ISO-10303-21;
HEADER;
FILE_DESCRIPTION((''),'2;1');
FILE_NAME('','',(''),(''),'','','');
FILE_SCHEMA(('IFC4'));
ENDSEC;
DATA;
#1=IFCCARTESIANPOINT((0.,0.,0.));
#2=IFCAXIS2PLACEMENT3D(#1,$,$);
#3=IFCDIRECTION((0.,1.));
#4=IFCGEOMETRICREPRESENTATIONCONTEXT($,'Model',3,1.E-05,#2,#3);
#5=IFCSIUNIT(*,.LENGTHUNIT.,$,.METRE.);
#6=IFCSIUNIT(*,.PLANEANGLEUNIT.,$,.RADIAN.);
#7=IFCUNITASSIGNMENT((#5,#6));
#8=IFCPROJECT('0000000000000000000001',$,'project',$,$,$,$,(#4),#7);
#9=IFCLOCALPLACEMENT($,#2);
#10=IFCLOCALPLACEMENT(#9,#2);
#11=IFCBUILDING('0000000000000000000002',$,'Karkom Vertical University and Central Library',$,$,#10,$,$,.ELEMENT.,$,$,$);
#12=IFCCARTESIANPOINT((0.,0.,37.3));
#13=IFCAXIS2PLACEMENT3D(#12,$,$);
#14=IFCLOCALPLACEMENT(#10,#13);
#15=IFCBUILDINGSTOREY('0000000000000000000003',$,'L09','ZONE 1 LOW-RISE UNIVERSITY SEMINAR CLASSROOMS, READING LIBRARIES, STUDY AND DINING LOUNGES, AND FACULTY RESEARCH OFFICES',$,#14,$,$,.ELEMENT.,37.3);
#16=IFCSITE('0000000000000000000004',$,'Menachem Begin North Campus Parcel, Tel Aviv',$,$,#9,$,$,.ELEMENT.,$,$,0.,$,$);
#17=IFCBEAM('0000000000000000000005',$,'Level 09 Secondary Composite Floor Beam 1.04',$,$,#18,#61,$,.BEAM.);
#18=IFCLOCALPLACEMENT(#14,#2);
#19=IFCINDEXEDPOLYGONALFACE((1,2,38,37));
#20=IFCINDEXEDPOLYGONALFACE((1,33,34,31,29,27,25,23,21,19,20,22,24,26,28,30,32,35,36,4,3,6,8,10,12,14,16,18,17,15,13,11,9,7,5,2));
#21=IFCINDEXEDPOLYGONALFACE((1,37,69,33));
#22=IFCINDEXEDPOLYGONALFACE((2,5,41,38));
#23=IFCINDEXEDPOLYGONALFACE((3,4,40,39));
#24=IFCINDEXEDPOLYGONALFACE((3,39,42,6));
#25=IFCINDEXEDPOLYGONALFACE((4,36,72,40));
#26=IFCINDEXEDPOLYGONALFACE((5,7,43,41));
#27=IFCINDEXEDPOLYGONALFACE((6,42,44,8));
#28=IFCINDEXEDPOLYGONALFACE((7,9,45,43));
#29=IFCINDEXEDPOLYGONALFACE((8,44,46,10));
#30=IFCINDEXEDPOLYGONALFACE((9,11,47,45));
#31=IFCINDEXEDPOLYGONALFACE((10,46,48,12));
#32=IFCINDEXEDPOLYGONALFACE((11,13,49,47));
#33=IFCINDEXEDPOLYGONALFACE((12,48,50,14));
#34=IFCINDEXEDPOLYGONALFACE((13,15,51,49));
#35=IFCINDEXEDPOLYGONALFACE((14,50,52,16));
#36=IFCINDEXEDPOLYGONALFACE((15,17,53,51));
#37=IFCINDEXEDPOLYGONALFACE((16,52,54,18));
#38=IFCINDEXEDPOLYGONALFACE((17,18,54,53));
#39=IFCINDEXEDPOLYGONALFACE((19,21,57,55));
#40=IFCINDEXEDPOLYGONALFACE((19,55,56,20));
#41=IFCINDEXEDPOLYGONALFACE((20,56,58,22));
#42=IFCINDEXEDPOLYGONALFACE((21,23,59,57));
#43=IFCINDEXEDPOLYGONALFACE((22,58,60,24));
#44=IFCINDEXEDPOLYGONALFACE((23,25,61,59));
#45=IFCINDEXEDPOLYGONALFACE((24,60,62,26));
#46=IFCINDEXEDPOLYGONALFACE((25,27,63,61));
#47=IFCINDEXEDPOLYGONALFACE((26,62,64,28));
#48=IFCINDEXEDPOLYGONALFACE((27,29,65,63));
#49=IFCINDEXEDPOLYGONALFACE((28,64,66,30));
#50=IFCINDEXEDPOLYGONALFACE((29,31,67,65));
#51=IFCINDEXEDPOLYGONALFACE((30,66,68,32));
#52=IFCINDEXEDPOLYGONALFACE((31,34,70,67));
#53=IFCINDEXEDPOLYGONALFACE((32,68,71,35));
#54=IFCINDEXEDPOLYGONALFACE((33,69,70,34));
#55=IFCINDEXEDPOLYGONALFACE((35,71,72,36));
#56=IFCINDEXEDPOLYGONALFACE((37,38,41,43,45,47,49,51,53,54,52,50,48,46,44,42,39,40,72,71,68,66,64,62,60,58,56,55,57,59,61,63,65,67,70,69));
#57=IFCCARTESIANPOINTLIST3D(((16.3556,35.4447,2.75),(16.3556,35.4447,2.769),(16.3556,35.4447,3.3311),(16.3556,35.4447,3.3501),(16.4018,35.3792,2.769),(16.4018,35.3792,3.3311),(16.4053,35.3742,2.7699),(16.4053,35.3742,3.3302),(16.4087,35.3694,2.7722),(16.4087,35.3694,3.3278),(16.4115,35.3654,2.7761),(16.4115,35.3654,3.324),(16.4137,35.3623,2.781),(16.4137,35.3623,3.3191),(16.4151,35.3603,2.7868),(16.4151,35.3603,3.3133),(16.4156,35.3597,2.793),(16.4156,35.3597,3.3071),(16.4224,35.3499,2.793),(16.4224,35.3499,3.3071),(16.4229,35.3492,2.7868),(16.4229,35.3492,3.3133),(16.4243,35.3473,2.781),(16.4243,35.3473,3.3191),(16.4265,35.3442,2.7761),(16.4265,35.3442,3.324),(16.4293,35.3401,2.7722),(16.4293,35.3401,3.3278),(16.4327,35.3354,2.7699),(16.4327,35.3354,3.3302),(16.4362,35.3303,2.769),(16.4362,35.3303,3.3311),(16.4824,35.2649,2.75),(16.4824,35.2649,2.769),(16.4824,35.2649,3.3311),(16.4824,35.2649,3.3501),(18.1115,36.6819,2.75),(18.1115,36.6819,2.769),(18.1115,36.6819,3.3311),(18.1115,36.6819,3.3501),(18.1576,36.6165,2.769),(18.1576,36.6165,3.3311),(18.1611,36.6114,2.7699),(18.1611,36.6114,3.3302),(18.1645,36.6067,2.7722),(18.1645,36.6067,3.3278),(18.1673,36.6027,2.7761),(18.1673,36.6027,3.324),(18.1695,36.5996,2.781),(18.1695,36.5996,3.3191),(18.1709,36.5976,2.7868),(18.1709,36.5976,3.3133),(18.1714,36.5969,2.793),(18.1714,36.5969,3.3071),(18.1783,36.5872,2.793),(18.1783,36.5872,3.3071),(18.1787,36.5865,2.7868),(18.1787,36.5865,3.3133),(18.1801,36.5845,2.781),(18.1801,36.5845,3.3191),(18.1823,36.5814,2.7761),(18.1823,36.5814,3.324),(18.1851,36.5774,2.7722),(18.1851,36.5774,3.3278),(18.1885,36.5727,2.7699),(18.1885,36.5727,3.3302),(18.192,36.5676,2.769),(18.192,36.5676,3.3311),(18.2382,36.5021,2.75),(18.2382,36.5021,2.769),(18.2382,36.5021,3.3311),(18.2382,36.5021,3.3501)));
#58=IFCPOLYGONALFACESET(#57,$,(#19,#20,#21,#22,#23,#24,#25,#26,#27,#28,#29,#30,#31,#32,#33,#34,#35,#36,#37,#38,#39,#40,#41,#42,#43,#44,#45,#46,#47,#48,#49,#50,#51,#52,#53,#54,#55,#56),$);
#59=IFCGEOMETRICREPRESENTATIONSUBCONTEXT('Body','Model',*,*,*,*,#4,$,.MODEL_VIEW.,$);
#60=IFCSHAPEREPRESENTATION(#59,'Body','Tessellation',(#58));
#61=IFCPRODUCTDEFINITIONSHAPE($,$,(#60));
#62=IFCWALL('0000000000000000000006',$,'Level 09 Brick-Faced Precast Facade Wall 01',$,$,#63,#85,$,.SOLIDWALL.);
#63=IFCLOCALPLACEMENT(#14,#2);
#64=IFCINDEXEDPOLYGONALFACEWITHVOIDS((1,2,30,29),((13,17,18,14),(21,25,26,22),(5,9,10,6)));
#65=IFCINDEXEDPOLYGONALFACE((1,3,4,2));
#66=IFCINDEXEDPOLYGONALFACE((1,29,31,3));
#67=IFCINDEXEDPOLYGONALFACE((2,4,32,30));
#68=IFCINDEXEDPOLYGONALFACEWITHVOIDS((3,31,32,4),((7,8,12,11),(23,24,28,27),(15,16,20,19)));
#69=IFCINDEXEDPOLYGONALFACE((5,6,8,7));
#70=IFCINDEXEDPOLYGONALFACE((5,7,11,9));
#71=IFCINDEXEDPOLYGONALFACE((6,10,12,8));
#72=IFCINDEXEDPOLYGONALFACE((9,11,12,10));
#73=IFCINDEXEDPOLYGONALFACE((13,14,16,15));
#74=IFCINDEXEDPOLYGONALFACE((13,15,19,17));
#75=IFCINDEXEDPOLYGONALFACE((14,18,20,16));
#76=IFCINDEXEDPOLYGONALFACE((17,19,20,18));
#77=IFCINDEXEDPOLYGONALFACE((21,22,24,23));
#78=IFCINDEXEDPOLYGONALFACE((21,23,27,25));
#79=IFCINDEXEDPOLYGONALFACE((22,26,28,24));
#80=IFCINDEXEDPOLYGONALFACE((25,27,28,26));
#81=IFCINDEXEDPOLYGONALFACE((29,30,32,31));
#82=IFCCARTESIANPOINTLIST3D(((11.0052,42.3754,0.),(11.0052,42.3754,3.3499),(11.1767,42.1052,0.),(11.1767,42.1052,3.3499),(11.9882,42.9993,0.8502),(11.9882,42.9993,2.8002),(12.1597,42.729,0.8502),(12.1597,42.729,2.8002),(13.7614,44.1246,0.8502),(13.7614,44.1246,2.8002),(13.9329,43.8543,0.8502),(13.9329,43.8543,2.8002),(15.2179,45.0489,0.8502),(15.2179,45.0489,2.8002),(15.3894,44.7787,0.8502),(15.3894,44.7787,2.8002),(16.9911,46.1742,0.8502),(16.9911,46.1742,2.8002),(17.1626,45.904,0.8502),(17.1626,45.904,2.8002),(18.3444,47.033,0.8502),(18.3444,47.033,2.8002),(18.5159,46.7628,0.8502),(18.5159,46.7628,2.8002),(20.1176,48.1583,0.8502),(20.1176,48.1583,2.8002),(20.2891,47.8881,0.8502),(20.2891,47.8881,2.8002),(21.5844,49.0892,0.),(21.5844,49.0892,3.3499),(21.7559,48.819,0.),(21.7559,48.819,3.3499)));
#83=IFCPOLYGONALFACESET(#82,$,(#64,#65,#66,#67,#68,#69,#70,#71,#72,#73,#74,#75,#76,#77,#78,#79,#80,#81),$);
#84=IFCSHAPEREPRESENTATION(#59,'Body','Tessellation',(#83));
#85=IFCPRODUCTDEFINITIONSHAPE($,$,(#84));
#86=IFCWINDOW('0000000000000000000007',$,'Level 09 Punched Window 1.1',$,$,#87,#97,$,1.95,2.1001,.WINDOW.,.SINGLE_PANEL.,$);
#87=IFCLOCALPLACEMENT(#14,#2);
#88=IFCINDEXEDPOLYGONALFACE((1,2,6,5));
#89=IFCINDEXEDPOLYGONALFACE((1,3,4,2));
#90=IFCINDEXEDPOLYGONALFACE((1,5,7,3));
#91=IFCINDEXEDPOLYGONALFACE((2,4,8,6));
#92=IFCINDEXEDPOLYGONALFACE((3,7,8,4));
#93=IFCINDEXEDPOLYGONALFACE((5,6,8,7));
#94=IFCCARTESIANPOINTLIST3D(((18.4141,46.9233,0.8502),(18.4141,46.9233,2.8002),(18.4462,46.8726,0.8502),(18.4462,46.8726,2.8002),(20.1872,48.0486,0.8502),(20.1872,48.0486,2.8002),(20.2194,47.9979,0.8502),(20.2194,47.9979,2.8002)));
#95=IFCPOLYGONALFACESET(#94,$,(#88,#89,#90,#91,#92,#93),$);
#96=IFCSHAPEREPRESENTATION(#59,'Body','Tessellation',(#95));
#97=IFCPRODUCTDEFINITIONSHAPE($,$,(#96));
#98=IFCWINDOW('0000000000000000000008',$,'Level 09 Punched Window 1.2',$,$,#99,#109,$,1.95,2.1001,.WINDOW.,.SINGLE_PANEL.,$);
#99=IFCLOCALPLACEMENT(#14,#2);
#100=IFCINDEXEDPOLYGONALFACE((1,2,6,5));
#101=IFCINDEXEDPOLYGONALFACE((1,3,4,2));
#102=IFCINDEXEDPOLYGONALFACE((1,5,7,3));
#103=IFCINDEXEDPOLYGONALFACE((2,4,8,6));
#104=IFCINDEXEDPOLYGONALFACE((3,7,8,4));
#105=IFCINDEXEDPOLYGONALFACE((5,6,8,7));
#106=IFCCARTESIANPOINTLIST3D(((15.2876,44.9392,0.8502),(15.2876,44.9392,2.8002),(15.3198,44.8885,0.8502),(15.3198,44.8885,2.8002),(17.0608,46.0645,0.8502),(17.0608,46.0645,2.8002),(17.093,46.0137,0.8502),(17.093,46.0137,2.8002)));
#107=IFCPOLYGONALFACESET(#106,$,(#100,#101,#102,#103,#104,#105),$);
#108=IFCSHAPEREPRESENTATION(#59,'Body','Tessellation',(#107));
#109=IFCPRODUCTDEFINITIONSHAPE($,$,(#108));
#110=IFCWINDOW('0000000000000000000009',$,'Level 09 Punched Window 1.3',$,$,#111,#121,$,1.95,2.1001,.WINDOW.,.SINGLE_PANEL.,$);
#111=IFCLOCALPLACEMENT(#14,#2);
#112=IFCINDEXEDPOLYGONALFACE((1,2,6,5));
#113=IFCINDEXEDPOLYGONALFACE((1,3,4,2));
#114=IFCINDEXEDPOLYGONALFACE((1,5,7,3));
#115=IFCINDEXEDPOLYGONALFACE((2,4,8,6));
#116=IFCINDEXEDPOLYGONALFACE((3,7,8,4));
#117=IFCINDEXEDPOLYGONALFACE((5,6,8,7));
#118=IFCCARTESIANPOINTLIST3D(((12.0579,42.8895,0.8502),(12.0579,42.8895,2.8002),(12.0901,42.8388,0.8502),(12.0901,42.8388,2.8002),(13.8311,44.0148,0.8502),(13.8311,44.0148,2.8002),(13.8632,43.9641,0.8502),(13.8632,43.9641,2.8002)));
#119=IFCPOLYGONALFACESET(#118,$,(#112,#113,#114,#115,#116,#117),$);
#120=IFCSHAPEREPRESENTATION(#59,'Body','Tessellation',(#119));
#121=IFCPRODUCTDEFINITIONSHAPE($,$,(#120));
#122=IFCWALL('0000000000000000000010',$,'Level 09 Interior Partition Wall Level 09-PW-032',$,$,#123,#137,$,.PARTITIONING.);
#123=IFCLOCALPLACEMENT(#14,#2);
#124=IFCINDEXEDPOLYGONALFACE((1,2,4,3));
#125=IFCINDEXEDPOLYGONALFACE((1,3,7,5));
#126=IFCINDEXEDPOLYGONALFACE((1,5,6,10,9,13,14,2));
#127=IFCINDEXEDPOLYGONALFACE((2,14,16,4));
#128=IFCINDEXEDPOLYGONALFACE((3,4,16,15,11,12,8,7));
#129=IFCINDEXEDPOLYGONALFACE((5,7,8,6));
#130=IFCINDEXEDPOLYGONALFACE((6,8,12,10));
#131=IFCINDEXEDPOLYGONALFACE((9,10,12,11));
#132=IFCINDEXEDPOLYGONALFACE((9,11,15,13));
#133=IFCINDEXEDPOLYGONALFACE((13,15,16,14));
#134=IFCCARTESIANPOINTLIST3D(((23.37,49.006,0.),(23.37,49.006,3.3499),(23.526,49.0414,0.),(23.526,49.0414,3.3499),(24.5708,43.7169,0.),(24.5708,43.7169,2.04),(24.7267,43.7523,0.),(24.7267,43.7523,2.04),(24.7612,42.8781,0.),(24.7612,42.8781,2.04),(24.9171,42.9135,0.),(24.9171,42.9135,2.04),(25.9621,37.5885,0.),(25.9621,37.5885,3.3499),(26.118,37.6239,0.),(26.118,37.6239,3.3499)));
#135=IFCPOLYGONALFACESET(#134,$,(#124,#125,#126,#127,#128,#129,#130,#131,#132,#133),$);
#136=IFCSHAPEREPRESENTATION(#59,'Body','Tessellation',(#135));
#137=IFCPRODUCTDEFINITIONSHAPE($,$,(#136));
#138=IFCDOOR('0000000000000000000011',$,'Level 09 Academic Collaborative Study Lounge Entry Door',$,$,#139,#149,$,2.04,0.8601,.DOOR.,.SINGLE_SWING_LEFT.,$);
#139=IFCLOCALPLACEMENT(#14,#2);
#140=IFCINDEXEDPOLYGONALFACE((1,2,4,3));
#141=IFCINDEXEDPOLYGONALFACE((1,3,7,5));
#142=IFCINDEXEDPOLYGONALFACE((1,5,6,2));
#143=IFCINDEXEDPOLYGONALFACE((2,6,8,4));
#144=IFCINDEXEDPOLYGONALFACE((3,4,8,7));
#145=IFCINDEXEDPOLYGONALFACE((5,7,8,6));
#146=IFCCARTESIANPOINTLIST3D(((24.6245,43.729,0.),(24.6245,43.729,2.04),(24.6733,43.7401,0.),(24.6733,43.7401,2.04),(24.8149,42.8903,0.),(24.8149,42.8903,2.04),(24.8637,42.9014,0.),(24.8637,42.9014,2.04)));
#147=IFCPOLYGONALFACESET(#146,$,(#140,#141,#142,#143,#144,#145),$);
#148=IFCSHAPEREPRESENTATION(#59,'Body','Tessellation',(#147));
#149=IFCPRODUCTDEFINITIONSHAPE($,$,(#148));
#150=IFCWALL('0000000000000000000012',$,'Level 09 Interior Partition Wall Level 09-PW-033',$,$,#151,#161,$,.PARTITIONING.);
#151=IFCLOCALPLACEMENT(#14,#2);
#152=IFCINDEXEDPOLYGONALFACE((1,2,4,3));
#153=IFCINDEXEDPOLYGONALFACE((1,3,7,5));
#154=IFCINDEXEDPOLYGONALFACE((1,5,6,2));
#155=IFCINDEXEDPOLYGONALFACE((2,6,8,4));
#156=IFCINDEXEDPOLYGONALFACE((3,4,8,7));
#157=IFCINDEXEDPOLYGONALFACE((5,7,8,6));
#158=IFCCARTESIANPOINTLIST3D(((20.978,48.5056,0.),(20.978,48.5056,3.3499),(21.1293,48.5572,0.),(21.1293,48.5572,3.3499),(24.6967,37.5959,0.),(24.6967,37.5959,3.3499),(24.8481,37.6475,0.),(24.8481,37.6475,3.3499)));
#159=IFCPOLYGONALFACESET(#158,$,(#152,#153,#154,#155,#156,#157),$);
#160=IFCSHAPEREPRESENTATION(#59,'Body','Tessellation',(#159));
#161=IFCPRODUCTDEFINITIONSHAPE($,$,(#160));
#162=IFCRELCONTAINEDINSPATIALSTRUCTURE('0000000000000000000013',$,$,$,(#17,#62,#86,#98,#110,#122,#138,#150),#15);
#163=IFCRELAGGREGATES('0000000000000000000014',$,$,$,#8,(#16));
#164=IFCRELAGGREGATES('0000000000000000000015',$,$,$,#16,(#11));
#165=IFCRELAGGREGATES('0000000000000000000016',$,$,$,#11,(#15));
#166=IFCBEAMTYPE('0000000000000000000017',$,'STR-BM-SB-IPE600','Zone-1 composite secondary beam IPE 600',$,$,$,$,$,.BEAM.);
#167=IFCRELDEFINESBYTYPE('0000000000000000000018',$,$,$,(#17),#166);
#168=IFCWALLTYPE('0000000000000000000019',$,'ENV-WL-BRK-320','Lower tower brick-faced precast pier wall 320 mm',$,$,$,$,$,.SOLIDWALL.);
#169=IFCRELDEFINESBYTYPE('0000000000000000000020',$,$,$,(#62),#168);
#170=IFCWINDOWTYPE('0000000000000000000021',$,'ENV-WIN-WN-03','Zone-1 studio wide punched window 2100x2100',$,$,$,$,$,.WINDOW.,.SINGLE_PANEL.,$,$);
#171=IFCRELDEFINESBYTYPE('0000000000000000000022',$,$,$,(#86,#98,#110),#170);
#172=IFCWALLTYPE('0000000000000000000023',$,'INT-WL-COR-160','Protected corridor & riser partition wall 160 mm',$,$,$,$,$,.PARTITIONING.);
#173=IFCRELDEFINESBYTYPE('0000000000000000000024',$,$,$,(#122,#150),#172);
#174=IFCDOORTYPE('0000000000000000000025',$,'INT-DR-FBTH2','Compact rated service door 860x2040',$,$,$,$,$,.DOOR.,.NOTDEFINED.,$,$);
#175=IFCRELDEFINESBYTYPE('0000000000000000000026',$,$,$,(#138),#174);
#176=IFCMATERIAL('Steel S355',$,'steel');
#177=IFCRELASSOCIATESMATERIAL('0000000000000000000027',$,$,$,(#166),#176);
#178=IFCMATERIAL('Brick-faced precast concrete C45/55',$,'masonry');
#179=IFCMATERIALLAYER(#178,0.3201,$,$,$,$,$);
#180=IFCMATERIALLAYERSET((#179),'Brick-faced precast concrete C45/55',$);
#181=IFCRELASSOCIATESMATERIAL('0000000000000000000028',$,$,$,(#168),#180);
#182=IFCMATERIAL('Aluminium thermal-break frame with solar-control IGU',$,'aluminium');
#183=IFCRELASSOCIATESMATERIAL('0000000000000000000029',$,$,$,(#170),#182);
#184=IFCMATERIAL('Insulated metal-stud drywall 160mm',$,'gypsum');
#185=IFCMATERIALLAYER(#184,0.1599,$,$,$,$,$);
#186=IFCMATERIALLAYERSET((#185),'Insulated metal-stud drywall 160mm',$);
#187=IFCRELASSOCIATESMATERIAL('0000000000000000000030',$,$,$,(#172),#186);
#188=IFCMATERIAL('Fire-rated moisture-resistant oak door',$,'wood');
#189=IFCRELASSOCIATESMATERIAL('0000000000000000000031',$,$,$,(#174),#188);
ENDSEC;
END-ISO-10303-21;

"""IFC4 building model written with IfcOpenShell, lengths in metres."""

from ifc_helpers import new_model, si_unit, direction, frame, frame_2d, origin, origin_with_axes, origin_2d, place, context, subcontext, project, spatial, rectangle, i_section, extrude, source, transform, mapped, material, layer, layer_set, material_profile, profile_set, type_object, element, fill, save


model = new_model("IFC4")

# Units and contexts
model_context = context("Model", 3, precision=1e-05, world=origin(), true_north=direction((0.0, 1.0)))
body_context = subcontext(model_context, "Body", "Model", "MODEL_VIEW")
ifc_project = project(units=[si_unit("LENGTHUNIT", "METRE"), si_unit("PLANEANGLEUNIT", "RADIAN")], contexts=[model_context])

# Site, building, storey
site_placement = place(None, origin())
site = spatial("IfcSite", under=ifc_project, at=site_placement, Name="Menachem Begin North Campus Parcel, Tel Aviv", CompositionType="ELEMENT", RefElevation=0.0)
building_placement = place(site_placement, origin())
building = spatial("IfcBuilding", under=site, at=building_placement, Name="Karkom Vertical University and Central Library", CompositionType="ELEMENT")
storey_placement = place(building_placement, frame((0.0, 0.0, 37.3)))
storey = spatial("IfcBuildingStorey", under=building, at=storey_placement, Name="L09", Description="ZONE 1 LOW-RISE UNIVERSITY SEMINAR CLASSROOMS, READING LIBRARIES, STUDY AND DINING LOUNGES, AND FACULTY RESEARCH OFFICES", CompositionType="ELEMENT", Elevation=37.3)

# Beam
ifc_material_1 = material(Name="Steel S355", Category="steel")
ifc_material_profile = material_profile(ifc_material_1, i_section(OverallWidth=0.22, OverallDepth=0.6001, WebThickness=0.012, FlangeThickness=0.019, FilletRadius=0.0239, at=origin_2d()), Name="IPE 600")
ifc_profile_set = profile_set([ifc_material_profile], Name="Steel S355")
beam_type = type_object("IfcBeamType", Name="STR-BM-SB-IPE600", Description="Zone-1 composite secondary beam IPE 600", PredefinedType="BEAM", material=ifc_profile_set)
shared_shape_1 = source(origin_with_axes(), body_context, "Body", "SweptSolid", [
    extrude(i_section(OverallWidth=0.22, OverallDepth=0.6001, WebThickness=0.012, FlangeThickness=0.019, FilletRadius=0.0239, at=origin_2d()), origin(), (0.0, 0.0, 1.0), 2.1479),
])
beam_placement = place(storey_placement, frame((18.1748, 36.592, 3.05), z_axis=(-0.817434, -0.576023, 0.0), x_axis=(0.576023, -0.817434, 0.0)))
element("IfcBeam", 1, at=beam_placement, inside=storey, type_object=beam_type, Name="Level 09 Secondary Composite Floor Beam 1.04", PredefinedType="BEAM", context=body_context, shape_type="MappedRepresentation", body=[
    mapped(shared_shape_1, transform((0.0, 0.0, 0.0), scale=1.0)),
])

# Wall, openings, windows
ifc_material_2 = material(Name="Brick-faced precast concrete C45/55", Category="masonry")
ifc_layer_1 = layer(ifc_material_2, 0.3201)
ifc_layer_set_1 = layer_set([ifc_layer_1], Name="Brick-faced precast concrete C45/55")
wall_type_1 = type_object("IfcWallType", Name="ENV-WL-BRK-320", Description="Lower tower brick-faced precast pier wall 320 mm", PredefinedType="SOLIDWALL", material=ifc_layer_set_1)
wall_1_placement = place(storey_placement, frame((21.6702, 48.9541, 0.0), z_axis=(0.0, 0.0, 1.0), x_axis=(-0.844328, -0.535827, 0.0)))
wall_1 = element("IfcWall", 2, at=wall_1_placement, inside=storey, type_object=wall_type_1, Name="Level 09 Brick-Faced Precast Facade Wall 01", PredefinedType="SOLIDWALL", context=body_context, shape_type="SweptSolid", body=[
    extrude(rectangle(XDim=12.5298, YDim=0.3201, at=frame_2d((6.2649, 0.0))), origin(), (0.0, 0.0, 1.0), 3.3499),
])
opening_1_placement = place(wall_1_placement, frame((1.7373, 0.0, 0.8501)))
opening_1 = element("IfcOpeningElement", 3, at=opening_1_placement, cuts=wall_1, PredefinedType="OPENING", context=body_context, shape_type="SweptSolid", body=[
    extrude(rectangle(XDim=2.1001, YDim=1.95, at=frame_2d((1.05, 0.9751))), frame((0.0, 0.1699, 0.0), z_axis=(0.0, -1.0, 0.0), x_axis=(1.0, 0.0, 0.0)), (0.0, 0.0, 1.0), 0.3401),
])
opening_2_placement = place(wall_1_placement, frame((5.4402, 0.0, 0.8501)))
opening_2 = element("IfcOpeningElement", 4, at=opening_2_placement, cuts=wall_1, PredefinedType="OPENING", context=body_context, shape_type="SweptSolid", body=[
    extrude(rectangle(XDim=2.1001, YDim=1.95, at=frame_2d((1.05, 0.9751))), frame((0.0, 0.1699, 0.0), z_axis=(0.0, -1.0, 0.0), x_axis=(1.0, 0.0, 0.0)), (0.0, 0.0, 1.0), 0.3401),
])
opening_3_placement = place(wall_1_placement, frame((9.2654, 0.0, 0.8501)))
opening_3 = element("IfcOpeningElement", 5, at=opening_3_placement, cuts=wall_1, PredefinedType="OPENING", context=body_context, shape_type="SweptSolid", body=[
    extrude(rectangle(XDim=2.1001, YDim=1.95, at=frame_2d((1.05, 0.9751))), frame((0.0, 0.1699, 0.0), z_axis=(0.0, -1.0, 0.0), x_axis=(1.0, 0.0, 0.0)), (0.0, 0.0, 1.0), 0.3401),
])
ifc_material_3 = material(Name="Aluminium thermal-break frame with solar-control IGU", Category="aluminium")
window_type = type_object("IfcWindowType", Name="ENV-WIN-WN-03", Description="Zone-1 studio wide punched window 2100x2100", PartitioningType="SINGLE_PANEL", PredefinedType="WINDOW", material=ifc_material_3)
shared_shape_2 = source(origin_with_axes(), body_context, "Body", "SweptSolid", [
    extrude(rectangle(XDim=2.1001, YDim=1.95, at=frame_2d((1.05, 0.9751))), frame((0.0, 0.03, 0.0), z_axis=(0.0, -1.0, 0.0), x_axis=(1.0, 0.0, 0.0)), (0.0, 0.0, 1.0), 0.0601),
])
window_1_placement = place(opening_1_placement, origin())
window_1 = element("IfcWindow", 6, at=window_1_placement, inside=storey, type_object=window_type, Name="Level 09 Punched Window 1.1", OverallHeight=1.95, OverallWidth=2.1001, PartitioningType="SINGLE_PANEL", PredefinedType="WINDOW", context=body_context, shape_type="MappedRepresentation", body=[
    mapped(shared_shape_2, transform((0.0, 0.0, 0.0), scale=1.0)),
])
fill(opening_1, window_1)
window_2_placement = place(opening_2_placement, origin())
window_2 = element("IfcWindow", 7, at=window_2_placement, inside=storey, type_object=window_type, Name="Level 09 Punched Window 1.2", OverallHeight=1.95, OverallWidth=2.1001, PartitioningType="SINGLE_PANEL", PredefinedType="WINDOW", context=body_context, shape_type="MappedRepresentation", body=[
    mapped(shared_shape_2, transform((0.0, 0.0, 0.0), scale=1.0)),
])
fill(opening_2, window_2)
window_3_placement = place(opening_3_placement, origin())
window_3 = element("IfcWindow", 8, at=window_3_placement, inside=storey, type_object=window_type, Name="Level 09 Punched Window 1.3", OverallHeight=1.95, OverallWidth=2.1001, PartitioningType="SINGLE_PANEL", PredefinedType="WINDOW", context=body_context, shape_type="MappedRepresentation", body=[
    mapped(shared_shape_2, transform((0.0, 0.0, 0.0), scale=1.0)),
])
fill(opening_3, window_3)

# Wall, opening, door
ifc_material_4 = material(Name="Insulated metal-stud drywall 160mm", Category="gypsum")
ifc_layer_2 = layer(ifc_material_4, 0.1599)
ifc_layer_set_2 = layer_set([ifc_layer_2], Name="Insulated metal-stud drywall 160mm")
wall_type_2 = type_object("IfcWallType", Name="INT-WL-COR-160", Description="Protected corridor & riser partition wall 160 mm", PredefinedType="PARTITIONING", material=ifc_layer_set_2)
wall_2_placement = place(storey_placement, frame((26.04, 37.6062, 0.0), z_axis=(0.0, 0.0, 1.0), x_axis=(-0.22139, 0.975185, 0.0)))
wall_2 = element("IfcWall", 9, at=wall_2_placement, inside=storey, type_object=wall_type_2, Name="Level 09 Interior Partition Wall Level 09-PW-032", PredefinedType="PARTITIONING", context=body_context, shape_type="SweptSolid", body=[
    extrude(rectangle(XDim=11.708, YDim=0.1599, at=frame_2d((5.854, 0.0))), origin(), (0.0, 0.0, 1.0), 3.3499),
])
opening_4_placement = place(wall_2_placement, frame((5.4241, 0.0, 0.0)))
opening_4 = element("IfcOpeningElement", 10, at=opening_4_placement, cuts=wall_2, PredefinedType="OPENING", context=body_context, shape_type="SweptSolid", body=[
    extrude(rectangle(XDim=0.8601, YDim=2.04, at=frame_2d((0.4302, 1.02))), frame((0.0, 0.0898, 0.0), z_axis=(0.0, -1.0, 0.0), x_axis=(1.0, 0.0, 0.0)), (0.0, 0.0, 1.0), 0.1799),
])
ifc_material_5 = material(Name="Fire-rated moisture-resistant oak door", Category="wood")
door_type = type_object("IfcDoorType", Name="INT-DR-FBTH2", Description="Compact rated service door 860x2040", OperationType="NOTDEFINED", PredefinedType="DOOR", material=ifc_material_5)
shared_shape_3 = source(origin_with_axes(), body_context, "Body", "SweptSolid", [
    extrude(rectangle(XDim=0.8601, YDim=2.04, at=frame_2d((0.4302, 1.02))), frame((0.0, 0.0249, 0.0), z_axis=(0.0, -1.0, 0.0), x_axis=(1.0, 0.0, 0.0)), (0.0, 0.0, 1.0), 0.05),
])
door_placement = place(opening_4_placement, origin())
door = element("IfcDoor", 11, at=door_placement, inside=storey, type_object=door_type, Name="Level 09 Academic Collaborative Study Lounge Entry Door", OperationType="SINGLE_SWING_LEFT", OverallHeight=2.04, OverallWidth=0.8601, PredefinedType="DOOR", context=body_context, shape_type="MappedRepresentation", body=[
    mapped(shared_shape_3, transform((0.0, 0.0, 0.0), scale=1.0)),
])
fill(opening_4, door)

# Wall
wall_3_placement = place(storey_placement, frame((24.7725, 37.6216, 0.0), z_axis=(0.0, 0.0, 1.0), x_axis=(-0.322639, 0.946522, 0.0)))
element("IfcWall", 12, at=wall_3_placement, inside=storey, type_object=wall_type_2, Name="Level 09 Interior Partition Wall Level 09-PW-033", PredefinedType="PARTITIONING", context=body_context, shape_type="SweptSolid", body=[
    extrude(rectangle(XDim=11.5261, YDim=0.1599, at=frame_2d((5.7632, 0.0))), origin(), (0.0, 0.0, 1.0), 3.3499),
])

save(model, "model.ifc")
